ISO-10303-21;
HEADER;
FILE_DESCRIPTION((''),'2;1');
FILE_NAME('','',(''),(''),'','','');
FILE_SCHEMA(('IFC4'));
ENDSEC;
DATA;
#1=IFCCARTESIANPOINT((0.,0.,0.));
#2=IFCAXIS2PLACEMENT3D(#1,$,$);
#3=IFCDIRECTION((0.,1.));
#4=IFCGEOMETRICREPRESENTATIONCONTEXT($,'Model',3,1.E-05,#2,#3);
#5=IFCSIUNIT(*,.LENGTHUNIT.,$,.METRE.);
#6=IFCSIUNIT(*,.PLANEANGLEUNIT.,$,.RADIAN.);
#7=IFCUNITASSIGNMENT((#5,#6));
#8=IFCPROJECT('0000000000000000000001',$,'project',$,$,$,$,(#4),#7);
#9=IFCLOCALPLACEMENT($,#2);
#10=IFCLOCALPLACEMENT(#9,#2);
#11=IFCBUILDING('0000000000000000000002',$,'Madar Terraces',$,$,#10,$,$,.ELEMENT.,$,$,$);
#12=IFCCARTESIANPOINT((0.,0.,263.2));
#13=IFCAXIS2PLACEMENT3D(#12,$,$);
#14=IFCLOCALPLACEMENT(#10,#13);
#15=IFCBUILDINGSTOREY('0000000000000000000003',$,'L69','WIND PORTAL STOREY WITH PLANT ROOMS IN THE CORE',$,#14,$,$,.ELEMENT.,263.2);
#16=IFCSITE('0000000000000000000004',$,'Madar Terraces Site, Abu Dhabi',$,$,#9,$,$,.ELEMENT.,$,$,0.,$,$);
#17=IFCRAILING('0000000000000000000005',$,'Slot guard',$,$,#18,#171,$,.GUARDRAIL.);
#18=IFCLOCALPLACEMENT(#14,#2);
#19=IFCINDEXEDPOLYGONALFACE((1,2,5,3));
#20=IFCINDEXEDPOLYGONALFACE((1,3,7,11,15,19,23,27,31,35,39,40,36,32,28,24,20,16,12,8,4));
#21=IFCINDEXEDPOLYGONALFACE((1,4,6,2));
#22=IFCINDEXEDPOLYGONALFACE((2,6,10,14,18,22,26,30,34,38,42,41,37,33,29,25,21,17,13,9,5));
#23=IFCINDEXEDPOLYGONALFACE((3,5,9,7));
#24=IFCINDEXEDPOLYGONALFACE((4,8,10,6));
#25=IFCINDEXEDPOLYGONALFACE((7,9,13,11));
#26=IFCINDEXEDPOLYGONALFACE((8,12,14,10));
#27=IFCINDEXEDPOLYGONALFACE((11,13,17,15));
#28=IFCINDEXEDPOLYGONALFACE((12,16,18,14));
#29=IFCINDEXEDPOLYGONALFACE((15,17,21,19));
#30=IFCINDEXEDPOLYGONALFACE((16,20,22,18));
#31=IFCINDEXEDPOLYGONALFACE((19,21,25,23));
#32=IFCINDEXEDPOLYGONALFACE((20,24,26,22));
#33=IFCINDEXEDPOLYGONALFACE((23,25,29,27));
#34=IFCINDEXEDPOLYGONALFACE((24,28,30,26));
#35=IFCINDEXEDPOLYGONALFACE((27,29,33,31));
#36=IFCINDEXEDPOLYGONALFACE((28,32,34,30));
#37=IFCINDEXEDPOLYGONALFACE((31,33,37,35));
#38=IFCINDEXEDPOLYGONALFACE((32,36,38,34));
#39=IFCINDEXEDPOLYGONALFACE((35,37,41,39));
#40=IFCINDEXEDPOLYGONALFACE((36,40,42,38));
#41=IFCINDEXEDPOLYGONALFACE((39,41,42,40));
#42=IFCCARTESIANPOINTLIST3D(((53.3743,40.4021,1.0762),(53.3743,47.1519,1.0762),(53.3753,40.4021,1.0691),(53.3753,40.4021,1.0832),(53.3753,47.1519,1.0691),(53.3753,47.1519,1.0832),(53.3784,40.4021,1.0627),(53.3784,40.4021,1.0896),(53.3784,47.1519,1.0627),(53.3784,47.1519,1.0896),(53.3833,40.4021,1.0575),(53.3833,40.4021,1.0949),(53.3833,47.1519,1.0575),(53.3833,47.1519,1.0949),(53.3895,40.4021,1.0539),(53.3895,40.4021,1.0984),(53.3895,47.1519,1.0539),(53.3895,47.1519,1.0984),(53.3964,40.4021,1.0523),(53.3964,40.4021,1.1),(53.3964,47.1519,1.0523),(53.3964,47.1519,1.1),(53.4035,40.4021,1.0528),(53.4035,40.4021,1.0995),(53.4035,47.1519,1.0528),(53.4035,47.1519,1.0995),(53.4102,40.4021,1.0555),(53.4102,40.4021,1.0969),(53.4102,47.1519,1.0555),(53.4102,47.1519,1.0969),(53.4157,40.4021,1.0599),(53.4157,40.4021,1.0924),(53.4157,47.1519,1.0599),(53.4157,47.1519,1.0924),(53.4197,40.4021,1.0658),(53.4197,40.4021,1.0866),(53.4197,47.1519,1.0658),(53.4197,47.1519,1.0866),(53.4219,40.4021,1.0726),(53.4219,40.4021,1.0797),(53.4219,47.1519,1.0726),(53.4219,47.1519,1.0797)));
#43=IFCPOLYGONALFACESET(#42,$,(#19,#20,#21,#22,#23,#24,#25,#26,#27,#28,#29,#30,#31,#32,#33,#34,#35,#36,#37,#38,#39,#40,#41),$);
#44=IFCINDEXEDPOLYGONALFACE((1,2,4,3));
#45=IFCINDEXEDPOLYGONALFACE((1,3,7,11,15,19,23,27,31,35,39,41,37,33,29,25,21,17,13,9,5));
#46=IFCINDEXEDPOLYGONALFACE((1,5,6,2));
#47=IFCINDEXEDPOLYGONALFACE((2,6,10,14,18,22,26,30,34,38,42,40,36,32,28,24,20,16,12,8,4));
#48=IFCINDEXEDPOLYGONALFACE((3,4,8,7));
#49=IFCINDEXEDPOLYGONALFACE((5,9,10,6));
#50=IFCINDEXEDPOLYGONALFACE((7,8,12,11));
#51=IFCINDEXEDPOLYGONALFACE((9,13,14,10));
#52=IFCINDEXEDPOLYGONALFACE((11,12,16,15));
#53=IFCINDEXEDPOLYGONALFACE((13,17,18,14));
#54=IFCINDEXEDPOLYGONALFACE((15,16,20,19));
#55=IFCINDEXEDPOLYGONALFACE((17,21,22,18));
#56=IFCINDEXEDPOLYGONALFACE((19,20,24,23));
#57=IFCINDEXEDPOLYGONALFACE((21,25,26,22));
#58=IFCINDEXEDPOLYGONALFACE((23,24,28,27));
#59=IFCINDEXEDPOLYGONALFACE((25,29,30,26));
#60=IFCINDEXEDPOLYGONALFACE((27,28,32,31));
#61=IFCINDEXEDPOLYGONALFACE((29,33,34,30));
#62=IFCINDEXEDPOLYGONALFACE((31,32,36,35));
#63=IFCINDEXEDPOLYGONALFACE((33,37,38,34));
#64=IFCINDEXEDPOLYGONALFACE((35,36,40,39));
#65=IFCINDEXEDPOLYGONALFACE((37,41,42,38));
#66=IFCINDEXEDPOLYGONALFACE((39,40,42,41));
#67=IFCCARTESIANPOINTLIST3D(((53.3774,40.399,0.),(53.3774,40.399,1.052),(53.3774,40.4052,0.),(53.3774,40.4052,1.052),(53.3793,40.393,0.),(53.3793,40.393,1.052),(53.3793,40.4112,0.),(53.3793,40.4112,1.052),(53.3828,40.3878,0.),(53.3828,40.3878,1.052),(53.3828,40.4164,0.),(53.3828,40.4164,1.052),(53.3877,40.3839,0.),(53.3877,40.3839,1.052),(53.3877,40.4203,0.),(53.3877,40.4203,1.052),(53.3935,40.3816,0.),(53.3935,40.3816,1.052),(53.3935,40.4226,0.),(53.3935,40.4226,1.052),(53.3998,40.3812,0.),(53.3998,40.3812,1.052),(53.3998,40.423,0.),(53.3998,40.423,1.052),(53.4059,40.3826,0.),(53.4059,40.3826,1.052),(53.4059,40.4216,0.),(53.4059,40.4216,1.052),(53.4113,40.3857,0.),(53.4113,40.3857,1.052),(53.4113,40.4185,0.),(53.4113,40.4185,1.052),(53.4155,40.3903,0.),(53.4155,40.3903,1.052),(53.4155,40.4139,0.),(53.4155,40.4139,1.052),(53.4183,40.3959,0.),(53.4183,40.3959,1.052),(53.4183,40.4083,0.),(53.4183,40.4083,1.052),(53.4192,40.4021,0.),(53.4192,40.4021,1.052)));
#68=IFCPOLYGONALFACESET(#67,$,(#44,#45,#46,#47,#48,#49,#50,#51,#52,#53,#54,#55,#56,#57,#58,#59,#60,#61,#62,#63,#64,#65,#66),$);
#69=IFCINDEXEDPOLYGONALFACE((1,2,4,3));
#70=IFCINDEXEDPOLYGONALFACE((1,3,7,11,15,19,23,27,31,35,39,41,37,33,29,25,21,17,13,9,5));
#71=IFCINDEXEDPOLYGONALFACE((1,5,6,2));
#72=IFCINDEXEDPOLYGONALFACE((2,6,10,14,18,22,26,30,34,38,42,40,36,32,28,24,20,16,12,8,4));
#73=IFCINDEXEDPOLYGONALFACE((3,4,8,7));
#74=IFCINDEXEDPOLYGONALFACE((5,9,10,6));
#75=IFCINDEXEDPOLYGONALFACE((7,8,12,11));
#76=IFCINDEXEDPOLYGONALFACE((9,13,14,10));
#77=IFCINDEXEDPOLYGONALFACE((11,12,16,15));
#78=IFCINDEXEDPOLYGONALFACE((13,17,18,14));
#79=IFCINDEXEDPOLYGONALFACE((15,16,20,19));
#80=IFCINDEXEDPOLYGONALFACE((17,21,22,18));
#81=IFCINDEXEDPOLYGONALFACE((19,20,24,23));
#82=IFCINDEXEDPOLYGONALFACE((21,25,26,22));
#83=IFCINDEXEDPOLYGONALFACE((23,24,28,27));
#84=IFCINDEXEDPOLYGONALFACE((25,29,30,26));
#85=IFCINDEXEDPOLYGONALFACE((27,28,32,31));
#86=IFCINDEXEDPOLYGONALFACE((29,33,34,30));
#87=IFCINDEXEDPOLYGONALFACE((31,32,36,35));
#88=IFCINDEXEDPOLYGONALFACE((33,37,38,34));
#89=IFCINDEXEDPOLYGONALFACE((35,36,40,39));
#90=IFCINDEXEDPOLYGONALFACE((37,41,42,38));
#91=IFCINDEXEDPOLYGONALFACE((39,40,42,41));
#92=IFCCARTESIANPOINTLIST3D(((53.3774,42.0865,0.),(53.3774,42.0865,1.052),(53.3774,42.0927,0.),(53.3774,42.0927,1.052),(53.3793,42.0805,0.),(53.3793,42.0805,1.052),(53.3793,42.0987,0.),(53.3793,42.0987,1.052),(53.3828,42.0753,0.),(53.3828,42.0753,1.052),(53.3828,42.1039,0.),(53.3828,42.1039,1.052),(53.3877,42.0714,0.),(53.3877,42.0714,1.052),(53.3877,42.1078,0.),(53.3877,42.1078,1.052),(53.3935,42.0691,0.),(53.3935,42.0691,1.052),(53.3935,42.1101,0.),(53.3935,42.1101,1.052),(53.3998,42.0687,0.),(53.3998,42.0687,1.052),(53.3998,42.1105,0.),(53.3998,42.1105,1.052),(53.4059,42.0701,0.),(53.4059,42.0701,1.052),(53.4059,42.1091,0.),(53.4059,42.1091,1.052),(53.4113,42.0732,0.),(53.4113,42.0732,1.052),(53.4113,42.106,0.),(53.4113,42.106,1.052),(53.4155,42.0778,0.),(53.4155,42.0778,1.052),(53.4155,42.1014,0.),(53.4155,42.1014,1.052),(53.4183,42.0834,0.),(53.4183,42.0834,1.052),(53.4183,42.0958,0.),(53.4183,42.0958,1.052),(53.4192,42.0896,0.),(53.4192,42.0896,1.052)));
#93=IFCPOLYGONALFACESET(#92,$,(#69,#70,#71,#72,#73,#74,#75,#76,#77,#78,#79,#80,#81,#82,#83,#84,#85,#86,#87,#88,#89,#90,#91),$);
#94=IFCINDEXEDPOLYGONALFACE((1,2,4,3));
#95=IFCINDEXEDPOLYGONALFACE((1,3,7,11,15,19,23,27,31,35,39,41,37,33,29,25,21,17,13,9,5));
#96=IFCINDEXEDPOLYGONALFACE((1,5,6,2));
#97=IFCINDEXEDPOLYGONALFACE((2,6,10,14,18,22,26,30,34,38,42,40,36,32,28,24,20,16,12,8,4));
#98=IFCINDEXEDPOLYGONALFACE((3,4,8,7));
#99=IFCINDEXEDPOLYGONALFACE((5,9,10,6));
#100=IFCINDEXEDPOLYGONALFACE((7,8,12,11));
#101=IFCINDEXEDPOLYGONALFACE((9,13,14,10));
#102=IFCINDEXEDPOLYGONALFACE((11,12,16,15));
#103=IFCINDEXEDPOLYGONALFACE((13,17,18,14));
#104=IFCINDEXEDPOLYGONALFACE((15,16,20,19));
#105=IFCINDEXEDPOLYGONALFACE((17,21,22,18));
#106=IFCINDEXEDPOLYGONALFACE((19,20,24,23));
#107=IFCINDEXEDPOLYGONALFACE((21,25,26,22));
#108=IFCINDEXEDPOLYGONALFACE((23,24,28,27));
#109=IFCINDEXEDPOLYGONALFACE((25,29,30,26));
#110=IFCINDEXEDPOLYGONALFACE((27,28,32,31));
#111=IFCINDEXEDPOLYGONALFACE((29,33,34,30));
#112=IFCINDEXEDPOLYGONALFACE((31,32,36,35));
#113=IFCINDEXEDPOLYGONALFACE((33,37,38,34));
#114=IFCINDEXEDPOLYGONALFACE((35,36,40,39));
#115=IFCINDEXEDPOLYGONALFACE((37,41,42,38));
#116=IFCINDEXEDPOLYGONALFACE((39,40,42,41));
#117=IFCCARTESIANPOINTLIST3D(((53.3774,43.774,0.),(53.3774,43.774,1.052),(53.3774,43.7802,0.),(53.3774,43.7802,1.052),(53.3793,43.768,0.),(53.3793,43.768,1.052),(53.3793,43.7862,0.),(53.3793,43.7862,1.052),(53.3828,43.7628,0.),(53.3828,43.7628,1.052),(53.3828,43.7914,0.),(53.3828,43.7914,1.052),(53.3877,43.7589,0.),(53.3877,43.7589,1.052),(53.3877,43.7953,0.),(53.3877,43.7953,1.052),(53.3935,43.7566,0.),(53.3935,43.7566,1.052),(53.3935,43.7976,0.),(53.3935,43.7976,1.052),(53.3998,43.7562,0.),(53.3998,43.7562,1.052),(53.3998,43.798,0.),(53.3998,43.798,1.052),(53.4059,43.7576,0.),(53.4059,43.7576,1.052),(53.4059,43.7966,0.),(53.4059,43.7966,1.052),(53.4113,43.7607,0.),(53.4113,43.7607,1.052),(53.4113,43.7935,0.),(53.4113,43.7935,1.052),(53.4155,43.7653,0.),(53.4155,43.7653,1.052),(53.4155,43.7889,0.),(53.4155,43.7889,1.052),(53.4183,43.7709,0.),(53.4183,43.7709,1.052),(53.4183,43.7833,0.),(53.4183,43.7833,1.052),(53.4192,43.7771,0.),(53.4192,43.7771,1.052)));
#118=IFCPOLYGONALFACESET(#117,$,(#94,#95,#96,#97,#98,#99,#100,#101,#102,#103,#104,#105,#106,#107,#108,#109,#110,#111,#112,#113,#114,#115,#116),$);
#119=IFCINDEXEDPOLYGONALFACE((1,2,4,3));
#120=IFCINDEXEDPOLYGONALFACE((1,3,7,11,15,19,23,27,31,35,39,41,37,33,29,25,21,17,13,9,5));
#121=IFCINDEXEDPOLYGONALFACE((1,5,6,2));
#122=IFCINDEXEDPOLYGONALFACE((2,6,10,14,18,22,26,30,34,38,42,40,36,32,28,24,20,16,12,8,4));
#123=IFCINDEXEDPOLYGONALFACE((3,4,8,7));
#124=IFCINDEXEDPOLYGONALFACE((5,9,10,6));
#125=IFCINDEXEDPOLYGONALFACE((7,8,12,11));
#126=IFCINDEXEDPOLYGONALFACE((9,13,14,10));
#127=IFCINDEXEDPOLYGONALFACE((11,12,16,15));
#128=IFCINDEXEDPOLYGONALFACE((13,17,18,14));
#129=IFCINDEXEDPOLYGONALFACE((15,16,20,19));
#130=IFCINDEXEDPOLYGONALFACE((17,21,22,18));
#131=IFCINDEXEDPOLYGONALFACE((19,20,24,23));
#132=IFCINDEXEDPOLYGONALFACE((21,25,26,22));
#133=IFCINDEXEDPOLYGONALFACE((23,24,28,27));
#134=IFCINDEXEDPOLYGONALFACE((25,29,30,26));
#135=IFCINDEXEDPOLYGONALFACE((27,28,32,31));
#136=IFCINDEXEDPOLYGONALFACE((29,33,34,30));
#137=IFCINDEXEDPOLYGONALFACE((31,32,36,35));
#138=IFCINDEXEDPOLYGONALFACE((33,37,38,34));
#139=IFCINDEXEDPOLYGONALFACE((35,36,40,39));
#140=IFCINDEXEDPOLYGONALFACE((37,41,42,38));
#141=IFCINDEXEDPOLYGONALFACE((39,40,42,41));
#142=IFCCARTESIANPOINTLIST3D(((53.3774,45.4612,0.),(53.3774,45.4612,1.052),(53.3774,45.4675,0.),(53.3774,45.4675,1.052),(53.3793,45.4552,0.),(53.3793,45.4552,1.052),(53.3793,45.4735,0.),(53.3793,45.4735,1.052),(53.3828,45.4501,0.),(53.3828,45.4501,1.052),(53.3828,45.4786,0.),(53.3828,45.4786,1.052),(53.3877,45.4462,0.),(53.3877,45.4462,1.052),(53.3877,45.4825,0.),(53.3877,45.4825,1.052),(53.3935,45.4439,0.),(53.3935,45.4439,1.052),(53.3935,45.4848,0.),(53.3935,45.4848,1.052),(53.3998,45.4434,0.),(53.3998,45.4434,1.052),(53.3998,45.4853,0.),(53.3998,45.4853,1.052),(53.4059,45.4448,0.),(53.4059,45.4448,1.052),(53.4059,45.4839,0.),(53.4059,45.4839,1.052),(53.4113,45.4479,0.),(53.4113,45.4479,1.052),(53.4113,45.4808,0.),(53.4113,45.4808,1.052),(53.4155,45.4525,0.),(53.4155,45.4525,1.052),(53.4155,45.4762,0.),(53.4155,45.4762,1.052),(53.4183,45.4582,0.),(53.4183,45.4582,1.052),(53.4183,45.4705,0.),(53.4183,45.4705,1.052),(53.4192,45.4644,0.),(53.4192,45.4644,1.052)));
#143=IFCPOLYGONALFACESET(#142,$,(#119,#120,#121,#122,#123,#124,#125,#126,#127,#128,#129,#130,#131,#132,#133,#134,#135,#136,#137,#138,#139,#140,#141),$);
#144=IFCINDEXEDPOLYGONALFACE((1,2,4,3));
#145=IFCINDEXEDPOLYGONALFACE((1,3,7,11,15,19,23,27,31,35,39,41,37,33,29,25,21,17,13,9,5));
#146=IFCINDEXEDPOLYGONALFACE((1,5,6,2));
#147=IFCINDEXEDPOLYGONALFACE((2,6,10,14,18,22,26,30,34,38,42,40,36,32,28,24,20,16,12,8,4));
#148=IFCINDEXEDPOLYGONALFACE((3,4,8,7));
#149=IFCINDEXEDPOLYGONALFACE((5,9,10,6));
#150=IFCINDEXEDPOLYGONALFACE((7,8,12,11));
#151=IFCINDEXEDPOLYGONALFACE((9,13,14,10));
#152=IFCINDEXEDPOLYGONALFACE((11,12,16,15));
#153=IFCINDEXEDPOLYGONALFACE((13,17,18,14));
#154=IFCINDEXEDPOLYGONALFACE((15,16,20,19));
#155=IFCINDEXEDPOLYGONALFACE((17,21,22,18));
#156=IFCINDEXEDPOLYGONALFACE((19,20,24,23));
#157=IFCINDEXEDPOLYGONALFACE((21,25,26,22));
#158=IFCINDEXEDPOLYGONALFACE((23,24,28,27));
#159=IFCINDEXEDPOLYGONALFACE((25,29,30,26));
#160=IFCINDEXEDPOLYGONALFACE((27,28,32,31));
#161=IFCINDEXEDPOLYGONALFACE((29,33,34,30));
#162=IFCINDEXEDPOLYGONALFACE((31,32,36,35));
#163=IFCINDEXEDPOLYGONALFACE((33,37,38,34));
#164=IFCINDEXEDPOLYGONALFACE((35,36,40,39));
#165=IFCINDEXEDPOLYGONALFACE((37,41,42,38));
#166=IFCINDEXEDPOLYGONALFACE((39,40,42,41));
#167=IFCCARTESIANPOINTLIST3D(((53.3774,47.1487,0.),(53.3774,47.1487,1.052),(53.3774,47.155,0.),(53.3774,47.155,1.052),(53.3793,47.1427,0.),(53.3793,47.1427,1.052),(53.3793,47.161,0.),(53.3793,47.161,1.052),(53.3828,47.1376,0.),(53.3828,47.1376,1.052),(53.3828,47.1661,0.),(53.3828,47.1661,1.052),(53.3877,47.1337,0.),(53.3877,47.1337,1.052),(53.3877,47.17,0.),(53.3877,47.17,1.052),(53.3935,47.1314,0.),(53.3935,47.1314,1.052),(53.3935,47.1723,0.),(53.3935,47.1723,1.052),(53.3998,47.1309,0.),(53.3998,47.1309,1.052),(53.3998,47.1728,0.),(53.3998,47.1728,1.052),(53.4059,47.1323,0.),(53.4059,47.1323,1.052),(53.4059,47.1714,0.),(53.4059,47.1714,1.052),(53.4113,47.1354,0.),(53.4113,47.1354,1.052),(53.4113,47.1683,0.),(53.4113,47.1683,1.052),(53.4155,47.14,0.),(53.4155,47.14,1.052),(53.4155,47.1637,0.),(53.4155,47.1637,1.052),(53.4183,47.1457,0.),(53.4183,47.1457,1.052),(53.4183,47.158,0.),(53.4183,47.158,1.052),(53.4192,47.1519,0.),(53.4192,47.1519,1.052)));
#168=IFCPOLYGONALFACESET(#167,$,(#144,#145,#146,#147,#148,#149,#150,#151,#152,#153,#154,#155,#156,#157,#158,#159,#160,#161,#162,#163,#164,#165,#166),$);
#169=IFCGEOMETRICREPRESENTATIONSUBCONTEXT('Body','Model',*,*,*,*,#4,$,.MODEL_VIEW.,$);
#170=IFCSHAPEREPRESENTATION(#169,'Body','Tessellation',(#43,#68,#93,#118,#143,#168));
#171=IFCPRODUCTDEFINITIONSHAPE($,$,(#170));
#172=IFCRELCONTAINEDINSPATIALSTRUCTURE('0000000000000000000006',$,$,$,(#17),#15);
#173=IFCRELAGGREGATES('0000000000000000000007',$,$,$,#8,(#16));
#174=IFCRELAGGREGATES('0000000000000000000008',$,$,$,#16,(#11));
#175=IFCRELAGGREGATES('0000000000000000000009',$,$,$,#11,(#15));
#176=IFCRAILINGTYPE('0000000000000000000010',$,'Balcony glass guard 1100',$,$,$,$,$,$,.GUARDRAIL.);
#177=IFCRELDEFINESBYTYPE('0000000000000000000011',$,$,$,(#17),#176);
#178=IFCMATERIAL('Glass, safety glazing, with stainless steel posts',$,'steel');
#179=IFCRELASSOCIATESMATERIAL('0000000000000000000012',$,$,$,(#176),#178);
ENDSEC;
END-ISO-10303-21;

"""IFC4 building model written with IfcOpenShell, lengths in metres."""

from ifc_helpers import new_model, si_unit, direction, frame, origin, origin_2d, place, context, subcontext, project, spatial, circle, extrude, material, type_object, element, save


model = new_model("IFC4")

# Units and contexts
model_context = context("Model", 3, precision=1e-05, world=origin(), true_north=direction((0.0, 1.0)))
body_context = subcontext(model_context, "Body", "Model", "MODEL_VIEW")
ifc_project = project(units=[si_unit("LENGTHUNIT", "METRE"), si_unit("PLANEANGLEUNIT", "RADIAN")], contexts=[model_context])

# Site, building, storey
site_placement = place(None, origin())
site = spatial("IfcSite", under=ifc_project, at=site_placement, Name="Madar Terraces Site, Abu Dhabi", CompositionType="ELEMENT", RefElevation=0.0)
building_placement = place(site_placement, origin())
building = spatial("IfcBuilding", under=site, at=building_placement, Name="Madar Terraces", CompositionType="ELEMENT")
storey_placement = place(building_placement, frame((0.0, 0.0, 263.2)))
storey = spatial("IfcBuildingStorey", under=building, at=storey_placement, Name="L69", Description="WIND PORTAL STOREY WITH PLANT ROOMS IN THE CORE", CompositionType="ELEMENT", Elevation=263.2)

# Railing
ifc_material_1 = material(Name="Glass, safety glazing, with stainless steel posts", Category="steel")
railing_type = type_object("IfcRailingType", Name="Balcony glass guard 1100", PredefinedType="GUARDRAIL", material=ifc_material_1)
for number, where, name in (
    (1, (53.3982, 40.4021, 0.0), "Slot guard"),
):
    element("IfcRailing", number, at=place(storey_placement, frame(where)), inside=storey, type_object=railing_type, Name=name, PredefinedType="GUARDRAIL", context=body_context, shape_type="SweptSolid", body=[
        extrude(circle(Radius=0.0239, at=origin_2d()), frame((0.0, 0.0, 1.0762), z_axis=(0.0, 1.0, 0.0), x_axis=(-1.0, 0.0, 0.0)), (0.0, 0.0, 1.0), 6.7498),
        extrude(circle(Radius=0.021, at=origin_2d()), origin(), (0.0, 0.0, 1.0), 1.052),
        extrude(circle(Radius=0.021, at=origin_2d()), frame((0.0, 1.6875, 0.0)), (0.0, 0.0, 1.0), 1.052),
        extrude(circle(Radius=0.021, at=origin_2d()), frame((0.0, 3.375, 0.0)), (0.0, 0.0, 1.0), 1.052),
        extrude(circle(Radius=0.021, at=origin_2d()), frame((0.0, 5.0623, 0.0)), (0.0, 0.0, 1.0), 1.052),
        extrude(circle(Radius=0.021, at=origin_2d()), frame((0.0, 6.7498, 0.0)), (0.0, 0.0, 1.0), 1.052),
    ])

save(model, "model.ifc")
